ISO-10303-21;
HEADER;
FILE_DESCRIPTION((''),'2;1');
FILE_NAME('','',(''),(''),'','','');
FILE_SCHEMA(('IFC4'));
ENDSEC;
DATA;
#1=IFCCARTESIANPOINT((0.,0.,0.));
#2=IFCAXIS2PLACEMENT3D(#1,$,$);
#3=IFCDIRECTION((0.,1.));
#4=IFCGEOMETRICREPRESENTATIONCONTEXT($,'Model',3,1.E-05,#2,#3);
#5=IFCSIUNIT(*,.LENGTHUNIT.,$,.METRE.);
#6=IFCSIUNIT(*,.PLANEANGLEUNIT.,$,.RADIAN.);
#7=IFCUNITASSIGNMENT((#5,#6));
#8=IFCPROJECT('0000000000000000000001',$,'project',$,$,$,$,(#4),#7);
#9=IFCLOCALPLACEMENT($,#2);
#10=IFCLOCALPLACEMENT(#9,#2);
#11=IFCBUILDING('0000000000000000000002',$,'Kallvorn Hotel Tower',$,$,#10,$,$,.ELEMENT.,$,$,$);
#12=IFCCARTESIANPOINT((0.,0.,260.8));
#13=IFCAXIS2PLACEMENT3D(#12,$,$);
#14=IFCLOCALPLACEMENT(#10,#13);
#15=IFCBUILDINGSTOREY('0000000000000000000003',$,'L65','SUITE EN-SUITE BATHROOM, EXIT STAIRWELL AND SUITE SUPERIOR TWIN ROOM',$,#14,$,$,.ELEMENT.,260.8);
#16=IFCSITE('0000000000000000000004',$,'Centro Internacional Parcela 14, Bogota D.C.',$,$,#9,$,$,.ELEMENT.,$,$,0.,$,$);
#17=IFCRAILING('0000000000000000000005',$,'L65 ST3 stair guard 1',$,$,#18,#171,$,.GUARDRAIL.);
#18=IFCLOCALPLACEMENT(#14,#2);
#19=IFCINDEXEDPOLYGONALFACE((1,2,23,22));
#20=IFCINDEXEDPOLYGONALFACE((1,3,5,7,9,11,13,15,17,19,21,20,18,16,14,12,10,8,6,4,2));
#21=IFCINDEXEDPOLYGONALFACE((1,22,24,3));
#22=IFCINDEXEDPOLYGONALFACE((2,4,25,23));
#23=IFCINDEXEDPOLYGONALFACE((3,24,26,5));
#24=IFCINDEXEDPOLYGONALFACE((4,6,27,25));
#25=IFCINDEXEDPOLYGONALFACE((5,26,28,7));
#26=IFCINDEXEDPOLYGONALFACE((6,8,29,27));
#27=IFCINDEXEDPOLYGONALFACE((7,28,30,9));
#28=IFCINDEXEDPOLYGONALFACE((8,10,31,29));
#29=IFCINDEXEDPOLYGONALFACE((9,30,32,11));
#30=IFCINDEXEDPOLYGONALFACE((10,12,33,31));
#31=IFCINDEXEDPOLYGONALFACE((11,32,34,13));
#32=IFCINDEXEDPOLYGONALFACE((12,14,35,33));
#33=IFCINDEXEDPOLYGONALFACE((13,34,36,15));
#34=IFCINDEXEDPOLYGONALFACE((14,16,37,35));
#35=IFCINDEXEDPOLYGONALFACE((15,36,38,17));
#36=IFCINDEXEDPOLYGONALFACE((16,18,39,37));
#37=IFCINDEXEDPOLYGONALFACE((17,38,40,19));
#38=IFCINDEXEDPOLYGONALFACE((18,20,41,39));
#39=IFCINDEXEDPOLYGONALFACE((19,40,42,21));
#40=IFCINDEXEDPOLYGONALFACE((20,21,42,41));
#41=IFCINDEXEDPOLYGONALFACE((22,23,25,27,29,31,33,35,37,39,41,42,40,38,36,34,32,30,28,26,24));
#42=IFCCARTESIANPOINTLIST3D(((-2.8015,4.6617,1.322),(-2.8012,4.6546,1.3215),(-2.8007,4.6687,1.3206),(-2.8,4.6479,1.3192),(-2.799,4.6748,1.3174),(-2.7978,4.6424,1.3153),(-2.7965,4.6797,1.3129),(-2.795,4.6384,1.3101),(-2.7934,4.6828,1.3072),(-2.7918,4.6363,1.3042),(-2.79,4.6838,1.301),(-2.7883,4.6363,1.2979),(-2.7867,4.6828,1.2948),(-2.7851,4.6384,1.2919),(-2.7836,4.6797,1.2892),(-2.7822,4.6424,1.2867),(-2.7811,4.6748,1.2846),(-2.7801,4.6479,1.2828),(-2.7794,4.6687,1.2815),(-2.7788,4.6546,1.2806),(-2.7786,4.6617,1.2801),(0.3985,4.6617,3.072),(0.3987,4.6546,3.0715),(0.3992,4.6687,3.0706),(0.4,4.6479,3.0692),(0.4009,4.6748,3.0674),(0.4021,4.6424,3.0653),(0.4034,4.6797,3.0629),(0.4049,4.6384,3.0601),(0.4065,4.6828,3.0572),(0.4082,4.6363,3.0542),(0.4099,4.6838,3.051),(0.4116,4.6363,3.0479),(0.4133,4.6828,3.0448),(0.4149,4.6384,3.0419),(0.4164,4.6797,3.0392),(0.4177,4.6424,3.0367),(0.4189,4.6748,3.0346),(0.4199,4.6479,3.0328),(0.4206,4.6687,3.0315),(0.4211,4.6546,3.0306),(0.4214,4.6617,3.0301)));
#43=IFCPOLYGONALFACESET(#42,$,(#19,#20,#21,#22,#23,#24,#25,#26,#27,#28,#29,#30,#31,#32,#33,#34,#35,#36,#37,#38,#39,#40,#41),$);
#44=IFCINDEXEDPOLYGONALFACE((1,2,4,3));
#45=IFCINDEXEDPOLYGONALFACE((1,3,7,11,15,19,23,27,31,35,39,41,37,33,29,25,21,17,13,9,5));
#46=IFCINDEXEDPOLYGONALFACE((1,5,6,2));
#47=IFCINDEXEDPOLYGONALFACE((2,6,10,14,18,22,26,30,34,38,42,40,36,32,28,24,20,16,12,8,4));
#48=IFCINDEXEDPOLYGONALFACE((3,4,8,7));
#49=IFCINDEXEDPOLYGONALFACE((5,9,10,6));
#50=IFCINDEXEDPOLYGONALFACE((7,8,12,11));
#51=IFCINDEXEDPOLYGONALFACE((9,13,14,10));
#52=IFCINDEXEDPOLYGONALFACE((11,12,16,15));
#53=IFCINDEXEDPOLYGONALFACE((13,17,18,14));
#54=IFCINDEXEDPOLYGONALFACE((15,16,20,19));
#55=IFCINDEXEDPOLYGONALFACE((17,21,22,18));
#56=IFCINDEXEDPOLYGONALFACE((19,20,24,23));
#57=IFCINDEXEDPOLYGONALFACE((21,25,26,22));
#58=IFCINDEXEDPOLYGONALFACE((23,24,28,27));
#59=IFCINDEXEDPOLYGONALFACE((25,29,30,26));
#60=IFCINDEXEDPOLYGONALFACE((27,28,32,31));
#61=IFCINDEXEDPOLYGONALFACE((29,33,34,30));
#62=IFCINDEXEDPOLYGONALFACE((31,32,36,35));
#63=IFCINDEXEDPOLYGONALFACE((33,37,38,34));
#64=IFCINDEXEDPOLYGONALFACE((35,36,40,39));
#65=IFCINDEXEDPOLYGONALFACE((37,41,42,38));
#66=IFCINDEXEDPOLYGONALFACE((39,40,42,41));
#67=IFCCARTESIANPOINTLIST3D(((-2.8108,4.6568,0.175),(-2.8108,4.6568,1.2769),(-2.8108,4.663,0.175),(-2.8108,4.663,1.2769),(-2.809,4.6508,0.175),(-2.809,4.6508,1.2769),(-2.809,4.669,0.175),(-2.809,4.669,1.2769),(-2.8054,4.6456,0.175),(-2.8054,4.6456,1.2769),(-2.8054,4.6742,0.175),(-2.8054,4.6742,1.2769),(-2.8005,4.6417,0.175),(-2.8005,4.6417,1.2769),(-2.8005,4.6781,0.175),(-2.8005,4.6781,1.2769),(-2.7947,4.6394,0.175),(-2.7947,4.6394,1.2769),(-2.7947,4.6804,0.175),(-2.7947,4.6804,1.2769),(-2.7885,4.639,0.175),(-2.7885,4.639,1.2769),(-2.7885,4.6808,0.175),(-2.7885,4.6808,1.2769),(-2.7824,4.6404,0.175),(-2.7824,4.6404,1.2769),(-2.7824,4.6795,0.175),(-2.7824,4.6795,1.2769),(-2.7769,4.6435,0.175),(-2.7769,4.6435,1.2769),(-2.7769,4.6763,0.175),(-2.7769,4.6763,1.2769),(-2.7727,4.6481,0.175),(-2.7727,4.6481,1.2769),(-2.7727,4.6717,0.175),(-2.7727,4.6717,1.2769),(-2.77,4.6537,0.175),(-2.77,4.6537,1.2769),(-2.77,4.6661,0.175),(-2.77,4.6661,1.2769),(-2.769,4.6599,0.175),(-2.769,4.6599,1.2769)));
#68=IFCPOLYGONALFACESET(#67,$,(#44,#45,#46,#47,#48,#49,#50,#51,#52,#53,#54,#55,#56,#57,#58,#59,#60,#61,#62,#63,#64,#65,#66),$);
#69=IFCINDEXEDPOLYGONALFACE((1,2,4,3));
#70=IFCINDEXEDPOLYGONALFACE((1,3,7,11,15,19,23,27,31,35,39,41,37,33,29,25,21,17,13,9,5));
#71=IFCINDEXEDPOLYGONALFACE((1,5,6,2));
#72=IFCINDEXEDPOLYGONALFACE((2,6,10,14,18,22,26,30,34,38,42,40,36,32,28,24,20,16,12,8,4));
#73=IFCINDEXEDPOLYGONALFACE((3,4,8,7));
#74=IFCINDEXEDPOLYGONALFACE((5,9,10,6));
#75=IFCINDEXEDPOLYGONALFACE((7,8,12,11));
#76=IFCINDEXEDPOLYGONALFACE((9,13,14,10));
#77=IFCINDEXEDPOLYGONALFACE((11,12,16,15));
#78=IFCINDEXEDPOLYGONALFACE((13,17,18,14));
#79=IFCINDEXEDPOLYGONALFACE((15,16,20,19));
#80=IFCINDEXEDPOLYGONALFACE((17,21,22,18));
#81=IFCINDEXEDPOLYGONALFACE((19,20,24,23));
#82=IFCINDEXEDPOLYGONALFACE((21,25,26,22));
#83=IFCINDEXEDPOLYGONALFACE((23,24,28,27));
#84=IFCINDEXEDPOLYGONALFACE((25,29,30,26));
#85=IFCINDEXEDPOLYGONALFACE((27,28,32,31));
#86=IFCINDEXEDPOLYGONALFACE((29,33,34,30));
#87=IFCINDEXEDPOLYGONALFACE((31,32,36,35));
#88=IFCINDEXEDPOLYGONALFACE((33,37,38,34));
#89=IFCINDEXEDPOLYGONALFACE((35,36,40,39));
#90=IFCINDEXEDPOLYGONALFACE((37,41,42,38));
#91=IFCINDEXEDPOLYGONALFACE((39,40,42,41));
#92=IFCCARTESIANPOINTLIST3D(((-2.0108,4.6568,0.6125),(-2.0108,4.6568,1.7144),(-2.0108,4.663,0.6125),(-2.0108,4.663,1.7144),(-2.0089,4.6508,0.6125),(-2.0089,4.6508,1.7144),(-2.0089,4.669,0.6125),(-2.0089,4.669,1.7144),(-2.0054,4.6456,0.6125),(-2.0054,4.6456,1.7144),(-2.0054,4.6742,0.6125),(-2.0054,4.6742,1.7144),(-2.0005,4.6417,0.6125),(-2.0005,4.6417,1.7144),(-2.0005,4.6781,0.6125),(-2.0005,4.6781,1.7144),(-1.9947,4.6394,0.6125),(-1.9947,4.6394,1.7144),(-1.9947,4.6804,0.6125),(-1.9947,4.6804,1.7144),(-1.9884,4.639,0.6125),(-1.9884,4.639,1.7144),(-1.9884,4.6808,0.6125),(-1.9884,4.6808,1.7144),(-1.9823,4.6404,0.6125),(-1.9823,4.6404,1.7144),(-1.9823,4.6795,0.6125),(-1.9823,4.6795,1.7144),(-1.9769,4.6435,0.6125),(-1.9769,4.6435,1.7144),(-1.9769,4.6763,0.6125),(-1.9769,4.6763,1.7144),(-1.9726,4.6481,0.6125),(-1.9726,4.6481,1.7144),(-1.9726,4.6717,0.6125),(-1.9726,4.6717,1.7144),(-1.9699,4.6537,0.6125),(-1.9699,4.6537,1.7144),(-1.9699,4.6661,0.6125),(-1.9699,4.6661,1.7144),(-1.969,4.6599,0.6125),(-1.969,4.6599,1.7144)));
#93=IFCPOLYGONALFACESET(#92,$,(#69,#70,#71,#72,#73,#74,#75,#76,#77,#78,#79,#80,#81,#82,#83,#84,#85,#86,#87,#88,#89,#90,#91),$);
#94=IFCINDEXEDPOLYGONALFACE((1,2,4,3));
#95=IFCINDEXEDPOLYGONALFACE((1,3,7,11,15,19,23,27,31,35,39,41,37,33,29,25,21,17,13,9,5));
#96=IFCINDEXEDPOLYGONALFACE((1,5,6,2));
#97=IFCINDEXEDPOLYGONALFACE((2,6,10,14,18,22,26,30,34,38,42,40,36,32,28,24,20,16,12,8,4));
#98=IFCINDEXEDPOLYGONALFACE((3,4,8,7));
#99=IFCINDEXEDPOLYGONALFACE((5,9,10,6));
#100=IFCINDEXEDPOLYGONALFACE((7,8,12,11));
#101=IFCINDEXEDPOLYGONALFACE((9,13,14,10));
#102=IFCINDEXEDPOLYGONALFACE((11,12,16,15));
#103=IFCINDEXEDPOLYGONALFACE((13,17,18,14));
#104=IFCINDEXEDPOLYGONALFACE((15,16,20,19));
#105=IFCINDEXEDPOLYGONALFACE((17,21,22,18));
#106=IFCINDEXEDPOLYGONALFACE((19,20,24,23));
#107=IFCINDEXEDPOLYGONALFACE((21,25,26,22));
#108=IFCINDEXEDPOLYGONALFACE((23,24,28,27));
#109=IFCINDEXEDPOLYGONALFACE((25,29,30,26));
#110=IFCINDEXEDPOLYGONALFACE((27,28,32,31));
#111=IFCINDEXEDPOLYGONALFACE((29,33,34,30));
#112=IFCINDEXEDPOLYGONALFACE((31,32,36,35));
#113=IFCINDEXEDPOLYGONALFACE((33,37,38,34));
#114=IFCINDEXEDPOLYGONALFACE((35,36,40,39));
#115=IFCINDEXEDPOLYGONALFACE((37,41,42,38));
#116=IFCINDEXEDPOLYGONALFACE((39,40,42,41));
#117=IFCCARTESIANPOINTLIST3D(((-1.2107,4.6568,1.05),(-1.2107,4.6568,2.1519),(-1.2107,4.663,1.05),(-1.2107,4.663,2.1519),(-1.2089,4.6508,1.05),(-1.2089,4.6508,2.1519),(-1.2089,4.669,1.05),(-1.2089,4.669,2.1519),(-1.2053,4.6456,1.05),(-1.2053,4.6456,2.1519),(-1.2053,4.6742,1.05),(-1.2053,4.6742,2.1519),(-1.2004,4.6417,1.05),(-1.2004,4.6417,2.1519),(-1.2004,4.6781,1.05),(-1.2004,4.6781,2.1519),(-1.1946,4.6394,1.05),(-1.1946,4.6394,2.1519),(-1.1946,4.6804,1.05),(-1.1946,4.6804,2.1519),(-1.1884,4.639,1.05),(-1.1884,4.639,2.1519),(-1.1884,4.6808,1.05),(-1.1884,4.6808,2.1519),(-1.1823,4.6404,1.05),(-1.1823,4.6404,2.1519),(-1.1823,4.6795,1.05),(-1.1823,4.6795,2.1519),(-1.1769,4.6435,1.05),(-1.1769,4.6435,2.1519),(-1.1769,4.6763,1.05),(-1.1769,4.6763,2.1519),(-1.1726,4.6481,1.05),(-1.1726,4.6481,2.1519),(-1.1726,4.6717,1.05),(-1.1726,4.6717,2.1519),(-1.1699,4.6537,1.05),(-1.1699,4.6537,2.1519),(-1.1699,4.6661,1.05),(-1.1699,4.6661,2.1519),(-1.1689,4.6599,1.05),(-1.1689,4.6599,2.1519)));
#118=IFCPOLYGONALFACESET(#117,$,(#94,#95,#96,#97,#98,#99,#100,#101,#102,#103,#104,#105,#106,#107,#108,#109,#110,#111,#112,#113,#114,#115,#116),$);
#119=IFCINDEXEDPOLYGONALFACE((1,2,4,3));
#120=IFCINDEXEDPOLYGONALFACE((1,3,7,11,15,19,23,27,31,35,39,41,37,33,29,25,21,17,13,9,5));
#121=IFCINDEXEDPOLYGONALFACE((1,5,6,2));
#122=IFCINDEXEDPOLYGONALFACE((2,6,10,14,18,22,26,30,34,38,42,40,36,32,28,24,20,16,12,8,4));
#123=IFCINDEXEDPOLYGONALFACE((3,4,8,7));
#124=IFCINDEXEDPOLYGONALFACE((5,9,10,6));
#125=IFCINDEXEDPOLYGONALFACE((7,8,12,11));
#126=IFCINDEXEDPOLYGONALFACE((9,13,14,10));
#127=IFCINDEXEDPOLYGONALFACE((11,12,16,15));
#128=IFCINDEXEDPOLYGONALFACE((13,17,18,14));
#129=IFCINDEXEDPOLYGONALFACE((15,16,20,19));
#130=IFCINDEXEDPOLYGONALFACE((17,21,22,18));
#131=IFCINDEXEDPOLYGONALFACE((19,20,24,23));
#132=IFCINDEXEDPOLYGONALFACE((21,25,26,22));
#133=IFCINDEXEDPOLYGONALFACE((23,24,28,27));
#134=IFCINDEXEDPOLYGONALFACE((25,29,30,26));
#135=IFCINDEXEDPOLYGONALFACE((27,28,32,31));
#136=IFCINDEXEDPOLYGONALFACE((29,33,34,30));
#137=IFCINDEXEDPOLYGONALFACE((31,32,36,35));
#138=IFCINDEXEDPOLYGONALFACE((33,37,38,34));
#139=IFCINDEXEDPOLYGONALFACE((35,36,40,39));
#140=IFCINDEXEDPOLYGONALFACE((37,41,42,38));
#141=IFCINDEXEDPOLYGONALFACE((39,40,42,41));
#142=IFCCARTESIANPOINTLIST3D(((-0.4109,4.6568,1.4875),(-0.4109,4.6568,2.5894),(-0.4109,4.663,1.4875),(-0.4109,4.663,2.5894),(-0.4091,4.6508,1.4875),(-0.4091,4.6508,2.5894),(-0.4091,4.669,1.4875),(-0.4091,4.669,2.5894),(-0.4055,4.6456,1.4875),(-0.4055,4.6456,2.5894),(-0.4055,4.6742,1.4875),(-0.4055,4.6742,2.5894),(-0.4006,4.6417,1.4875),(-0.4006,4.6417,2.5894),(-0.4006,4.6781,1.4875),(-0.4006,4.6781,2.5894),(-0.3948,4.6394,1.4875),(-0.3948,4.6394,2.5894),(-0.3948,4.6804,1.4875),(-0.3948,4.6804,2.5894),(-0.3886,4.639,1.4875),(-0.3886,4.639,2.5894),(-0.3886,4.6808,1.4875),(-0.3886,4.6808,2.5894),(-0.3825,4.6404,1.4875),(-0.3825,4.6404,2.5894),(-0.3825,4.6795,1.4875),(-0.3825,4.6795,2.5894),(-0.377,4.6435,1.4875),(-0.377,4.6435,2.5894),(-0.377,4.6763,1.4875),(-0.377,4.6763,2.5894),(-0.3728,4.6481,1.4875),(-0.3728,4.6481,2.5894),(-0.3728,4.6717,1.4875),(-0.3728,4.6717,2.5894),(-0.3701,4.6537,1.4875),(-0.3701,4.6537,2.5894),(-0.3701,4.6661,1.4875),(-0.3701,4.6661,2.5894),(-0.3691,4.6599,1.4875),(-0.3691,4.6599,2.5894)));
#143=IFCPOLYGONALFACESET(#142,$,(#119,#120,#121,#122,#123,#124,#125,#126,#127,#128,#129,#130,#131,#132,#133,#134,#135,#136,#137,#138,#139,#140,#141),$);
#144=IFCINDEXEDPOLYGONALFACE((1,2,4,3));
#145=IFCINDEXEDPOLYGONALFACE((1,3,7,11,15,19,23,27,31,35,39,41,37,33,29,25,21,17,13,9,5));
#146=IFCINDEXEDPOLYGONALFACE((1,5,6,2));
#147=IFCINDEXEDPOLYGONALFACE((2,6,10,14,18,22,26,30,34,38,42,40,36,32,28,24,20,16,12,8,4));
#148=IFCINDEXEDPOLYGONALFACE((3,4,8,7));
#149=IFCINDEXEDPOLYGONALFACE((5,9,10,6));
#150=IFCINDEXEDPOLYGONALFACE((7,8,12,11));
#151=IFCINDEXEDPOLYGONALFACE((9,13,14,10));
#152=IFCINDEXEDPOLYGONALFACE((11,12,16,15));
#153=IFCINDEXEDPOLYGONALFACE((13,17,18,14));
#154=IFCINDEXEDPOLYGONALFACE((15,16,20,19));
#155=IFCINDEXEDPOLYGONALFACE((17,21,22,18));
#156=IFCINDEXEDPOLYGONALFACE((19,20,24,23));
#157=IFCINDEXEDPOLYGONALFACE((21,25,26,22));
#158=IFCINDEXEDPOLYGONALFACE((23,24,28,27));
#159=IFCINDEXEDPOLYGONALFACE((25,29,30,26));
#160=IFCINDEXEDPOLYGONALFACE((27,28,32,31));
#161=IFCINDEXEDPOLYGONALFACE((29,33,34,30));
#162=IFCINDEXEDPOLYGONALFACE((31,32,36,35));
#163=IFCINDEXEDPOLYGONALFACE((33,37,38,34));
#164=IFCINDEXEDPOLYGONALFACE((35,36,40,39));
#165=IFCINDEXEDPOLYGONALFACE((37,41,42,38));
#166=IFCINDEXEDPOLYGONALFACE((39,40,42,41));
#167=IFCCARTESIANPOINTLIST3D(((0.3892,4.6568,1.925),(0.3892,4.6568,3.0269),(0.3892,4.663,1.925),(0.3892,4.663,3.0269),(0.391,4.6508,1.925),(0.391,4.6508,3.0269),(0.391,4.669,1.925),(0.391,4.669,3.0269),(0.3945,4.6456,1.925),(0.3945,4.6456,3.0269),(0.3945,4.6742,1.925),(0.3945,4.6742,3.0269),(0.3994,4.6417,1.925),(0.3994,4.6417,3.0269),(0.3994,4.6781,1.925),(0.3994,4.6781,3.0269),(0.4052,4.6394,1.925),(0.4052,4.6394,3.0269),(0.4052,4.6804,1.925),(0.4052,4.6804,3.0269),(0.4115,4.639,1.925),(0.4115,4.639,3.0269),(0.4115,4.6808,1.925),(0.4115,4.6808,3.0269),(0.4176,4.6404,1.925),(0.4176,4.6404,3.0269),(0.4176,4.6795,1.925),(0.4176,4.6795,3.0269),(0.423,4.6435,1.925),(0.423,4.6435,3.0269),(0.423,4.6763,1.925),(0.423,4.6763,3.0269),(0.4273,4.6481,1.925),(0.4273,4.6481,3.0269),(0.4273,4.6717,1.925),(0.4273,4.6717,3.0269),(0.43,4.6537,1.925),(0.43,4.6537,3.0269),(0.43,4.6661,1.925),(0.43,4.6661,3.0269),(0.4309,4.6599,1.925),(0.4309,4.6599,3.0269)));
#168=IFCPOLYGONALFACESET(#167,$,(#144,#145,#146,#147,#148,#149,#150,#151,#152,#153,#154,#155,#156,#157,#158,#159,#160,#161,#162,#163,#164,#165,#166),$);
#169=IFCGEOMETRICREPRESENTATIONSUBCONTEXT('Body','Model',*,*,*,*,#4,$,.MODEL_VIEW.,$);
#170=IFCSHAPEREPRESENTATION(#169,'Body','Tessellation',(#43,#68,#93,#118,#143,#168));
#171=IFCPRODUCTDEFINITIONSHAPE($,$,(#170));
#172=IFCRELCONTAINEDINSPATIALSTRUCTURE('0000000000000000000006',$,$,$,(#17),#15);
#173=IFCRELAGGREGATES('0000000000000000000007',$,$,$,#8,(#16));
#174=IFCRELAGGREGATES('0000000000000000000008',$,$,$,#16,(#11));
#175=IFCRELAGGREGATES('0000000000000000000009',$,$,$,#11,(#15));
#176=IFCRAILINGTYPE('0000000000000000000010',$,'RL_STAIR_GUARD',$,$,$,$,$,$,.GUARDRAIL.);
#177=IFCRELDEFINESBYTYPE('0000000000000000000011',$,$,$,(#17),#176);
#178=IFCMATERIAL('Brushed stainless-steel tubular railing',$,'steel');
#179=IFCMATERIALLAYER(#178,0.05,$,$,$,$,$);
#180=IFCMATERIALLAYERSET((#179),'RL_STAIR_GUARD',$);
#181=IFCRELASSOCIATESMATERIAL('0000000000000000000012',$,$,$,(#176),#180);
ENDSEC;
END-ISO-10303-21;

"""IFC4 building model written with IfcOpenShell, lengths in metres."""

from ifc_helpers import new_model, si_unit, direction, frame, origin, origin_2d, place, context, subcontext, project, spatial, circle, extrude, material, layer, layer_set, type_object, element, save


model = new_model("IFC4")

# Units and contexts
model_context = context("Model", 3, precision=1e-05, world=origin(), true_north=direction((0.0, 1.0)))
body_context = subcontext(model_context, "Body", "Model", "MODEL_VIEW")
ifc_project = project(units=[si_unit("LENGTHUNIT", "METRE"), si_unit("PLANEANGLEUNIT", "RADIAN")], contexts=[model_context])

# Site, building, storey
site_placement = place(None, origin())
site = spatial("IfcSite", under=ifc_project, at=site_placement, Name="Centro Internacional Parcela 14, Bogota D.C.", CompositionType="ELEMENT", RefElevation=0.0)
building_placement = place(site_placement, origin())
building = spatial("IfcBuilding", under=site, at=building_placement, Name="Kallvorn Hotel Tower", CompositionType="ELEMENT")
storey_placement = place(building_placement, frame((0.0, 0.0, 260.8)))
storey = spatial("IfcBuildingStorey", under=building, at=storey_placement, Name="L65", Description="SUITE EN-SUITE BATHROOM, EXIT STAIRWELL AND SUITE SUPERIOR TWIN ROOM", CompositionType="ELEMENT", Elevation=260.8)

# Railing
ifc_material_1 = material(Name="Brushed stainless-steel tubular railing", Category="steel")
ifc_layer_1 = layer(ifc_material_1, 0.05)
ifc_layer_set_1 = layer_set([ifc_layer_1], Name="RL_STAIR_GUARD")
railing_type_1 = type_object("IfcRailingType", Name="RL_STAIR_GUARD", PredefinedType="GUARDRAIL", material=ifc_layer_set_1)
railing_1_placement = place(storey_placement, frame((-2.79, 4.6599, 0.175)))
element("IfcRailing", 1, at=railing_1_placement, inside=storey, type_object=railing_type_1, Name="L65 ST3 stair guard 1", PredefinedType="GUARDRAIL", context=body_context, shape_type="SweptSolid", body=[
    extrude(circle(Radius=0.0239, at=origin_2d()), frame((0.0, 0.0, 1.126), z_axis=(0.877368, 0.0, 0.479818), x_axis=(0.0, 1.0, 0.0)), (0.0, 0.0, 1.0), 3.6472),
    extrude(circle(Radius=0.021, at=origin_2d()), origin(), (0.0, 0.0, 1.0), 1.1018),
    extrude(circle(Radius=0.021, at=origin_2d()), frame((0.8, 0.0, 0.4375)), (0.0, 0.0, 1.0), 1.1018),
    extrude(circle(Radius=0.021, at=origin_2d()), frame((1.6001, 0.0, 0.875)), (0.0, 0.0, 1.0), 1.1018),
    extrude(circle(Radius=0.021, at=origin_2d()), frame((2.3999, 0.0, 1.3125)), (0.0, 0.0, 1.0), 1.1018),
    extrude(circle(Radius=0.021, at=origin_2d()), frame((3.2, 0.0, 1.75)), (0.0, 0.0, 1.0), 1.1018),
])

save(model, "model.ifc")
